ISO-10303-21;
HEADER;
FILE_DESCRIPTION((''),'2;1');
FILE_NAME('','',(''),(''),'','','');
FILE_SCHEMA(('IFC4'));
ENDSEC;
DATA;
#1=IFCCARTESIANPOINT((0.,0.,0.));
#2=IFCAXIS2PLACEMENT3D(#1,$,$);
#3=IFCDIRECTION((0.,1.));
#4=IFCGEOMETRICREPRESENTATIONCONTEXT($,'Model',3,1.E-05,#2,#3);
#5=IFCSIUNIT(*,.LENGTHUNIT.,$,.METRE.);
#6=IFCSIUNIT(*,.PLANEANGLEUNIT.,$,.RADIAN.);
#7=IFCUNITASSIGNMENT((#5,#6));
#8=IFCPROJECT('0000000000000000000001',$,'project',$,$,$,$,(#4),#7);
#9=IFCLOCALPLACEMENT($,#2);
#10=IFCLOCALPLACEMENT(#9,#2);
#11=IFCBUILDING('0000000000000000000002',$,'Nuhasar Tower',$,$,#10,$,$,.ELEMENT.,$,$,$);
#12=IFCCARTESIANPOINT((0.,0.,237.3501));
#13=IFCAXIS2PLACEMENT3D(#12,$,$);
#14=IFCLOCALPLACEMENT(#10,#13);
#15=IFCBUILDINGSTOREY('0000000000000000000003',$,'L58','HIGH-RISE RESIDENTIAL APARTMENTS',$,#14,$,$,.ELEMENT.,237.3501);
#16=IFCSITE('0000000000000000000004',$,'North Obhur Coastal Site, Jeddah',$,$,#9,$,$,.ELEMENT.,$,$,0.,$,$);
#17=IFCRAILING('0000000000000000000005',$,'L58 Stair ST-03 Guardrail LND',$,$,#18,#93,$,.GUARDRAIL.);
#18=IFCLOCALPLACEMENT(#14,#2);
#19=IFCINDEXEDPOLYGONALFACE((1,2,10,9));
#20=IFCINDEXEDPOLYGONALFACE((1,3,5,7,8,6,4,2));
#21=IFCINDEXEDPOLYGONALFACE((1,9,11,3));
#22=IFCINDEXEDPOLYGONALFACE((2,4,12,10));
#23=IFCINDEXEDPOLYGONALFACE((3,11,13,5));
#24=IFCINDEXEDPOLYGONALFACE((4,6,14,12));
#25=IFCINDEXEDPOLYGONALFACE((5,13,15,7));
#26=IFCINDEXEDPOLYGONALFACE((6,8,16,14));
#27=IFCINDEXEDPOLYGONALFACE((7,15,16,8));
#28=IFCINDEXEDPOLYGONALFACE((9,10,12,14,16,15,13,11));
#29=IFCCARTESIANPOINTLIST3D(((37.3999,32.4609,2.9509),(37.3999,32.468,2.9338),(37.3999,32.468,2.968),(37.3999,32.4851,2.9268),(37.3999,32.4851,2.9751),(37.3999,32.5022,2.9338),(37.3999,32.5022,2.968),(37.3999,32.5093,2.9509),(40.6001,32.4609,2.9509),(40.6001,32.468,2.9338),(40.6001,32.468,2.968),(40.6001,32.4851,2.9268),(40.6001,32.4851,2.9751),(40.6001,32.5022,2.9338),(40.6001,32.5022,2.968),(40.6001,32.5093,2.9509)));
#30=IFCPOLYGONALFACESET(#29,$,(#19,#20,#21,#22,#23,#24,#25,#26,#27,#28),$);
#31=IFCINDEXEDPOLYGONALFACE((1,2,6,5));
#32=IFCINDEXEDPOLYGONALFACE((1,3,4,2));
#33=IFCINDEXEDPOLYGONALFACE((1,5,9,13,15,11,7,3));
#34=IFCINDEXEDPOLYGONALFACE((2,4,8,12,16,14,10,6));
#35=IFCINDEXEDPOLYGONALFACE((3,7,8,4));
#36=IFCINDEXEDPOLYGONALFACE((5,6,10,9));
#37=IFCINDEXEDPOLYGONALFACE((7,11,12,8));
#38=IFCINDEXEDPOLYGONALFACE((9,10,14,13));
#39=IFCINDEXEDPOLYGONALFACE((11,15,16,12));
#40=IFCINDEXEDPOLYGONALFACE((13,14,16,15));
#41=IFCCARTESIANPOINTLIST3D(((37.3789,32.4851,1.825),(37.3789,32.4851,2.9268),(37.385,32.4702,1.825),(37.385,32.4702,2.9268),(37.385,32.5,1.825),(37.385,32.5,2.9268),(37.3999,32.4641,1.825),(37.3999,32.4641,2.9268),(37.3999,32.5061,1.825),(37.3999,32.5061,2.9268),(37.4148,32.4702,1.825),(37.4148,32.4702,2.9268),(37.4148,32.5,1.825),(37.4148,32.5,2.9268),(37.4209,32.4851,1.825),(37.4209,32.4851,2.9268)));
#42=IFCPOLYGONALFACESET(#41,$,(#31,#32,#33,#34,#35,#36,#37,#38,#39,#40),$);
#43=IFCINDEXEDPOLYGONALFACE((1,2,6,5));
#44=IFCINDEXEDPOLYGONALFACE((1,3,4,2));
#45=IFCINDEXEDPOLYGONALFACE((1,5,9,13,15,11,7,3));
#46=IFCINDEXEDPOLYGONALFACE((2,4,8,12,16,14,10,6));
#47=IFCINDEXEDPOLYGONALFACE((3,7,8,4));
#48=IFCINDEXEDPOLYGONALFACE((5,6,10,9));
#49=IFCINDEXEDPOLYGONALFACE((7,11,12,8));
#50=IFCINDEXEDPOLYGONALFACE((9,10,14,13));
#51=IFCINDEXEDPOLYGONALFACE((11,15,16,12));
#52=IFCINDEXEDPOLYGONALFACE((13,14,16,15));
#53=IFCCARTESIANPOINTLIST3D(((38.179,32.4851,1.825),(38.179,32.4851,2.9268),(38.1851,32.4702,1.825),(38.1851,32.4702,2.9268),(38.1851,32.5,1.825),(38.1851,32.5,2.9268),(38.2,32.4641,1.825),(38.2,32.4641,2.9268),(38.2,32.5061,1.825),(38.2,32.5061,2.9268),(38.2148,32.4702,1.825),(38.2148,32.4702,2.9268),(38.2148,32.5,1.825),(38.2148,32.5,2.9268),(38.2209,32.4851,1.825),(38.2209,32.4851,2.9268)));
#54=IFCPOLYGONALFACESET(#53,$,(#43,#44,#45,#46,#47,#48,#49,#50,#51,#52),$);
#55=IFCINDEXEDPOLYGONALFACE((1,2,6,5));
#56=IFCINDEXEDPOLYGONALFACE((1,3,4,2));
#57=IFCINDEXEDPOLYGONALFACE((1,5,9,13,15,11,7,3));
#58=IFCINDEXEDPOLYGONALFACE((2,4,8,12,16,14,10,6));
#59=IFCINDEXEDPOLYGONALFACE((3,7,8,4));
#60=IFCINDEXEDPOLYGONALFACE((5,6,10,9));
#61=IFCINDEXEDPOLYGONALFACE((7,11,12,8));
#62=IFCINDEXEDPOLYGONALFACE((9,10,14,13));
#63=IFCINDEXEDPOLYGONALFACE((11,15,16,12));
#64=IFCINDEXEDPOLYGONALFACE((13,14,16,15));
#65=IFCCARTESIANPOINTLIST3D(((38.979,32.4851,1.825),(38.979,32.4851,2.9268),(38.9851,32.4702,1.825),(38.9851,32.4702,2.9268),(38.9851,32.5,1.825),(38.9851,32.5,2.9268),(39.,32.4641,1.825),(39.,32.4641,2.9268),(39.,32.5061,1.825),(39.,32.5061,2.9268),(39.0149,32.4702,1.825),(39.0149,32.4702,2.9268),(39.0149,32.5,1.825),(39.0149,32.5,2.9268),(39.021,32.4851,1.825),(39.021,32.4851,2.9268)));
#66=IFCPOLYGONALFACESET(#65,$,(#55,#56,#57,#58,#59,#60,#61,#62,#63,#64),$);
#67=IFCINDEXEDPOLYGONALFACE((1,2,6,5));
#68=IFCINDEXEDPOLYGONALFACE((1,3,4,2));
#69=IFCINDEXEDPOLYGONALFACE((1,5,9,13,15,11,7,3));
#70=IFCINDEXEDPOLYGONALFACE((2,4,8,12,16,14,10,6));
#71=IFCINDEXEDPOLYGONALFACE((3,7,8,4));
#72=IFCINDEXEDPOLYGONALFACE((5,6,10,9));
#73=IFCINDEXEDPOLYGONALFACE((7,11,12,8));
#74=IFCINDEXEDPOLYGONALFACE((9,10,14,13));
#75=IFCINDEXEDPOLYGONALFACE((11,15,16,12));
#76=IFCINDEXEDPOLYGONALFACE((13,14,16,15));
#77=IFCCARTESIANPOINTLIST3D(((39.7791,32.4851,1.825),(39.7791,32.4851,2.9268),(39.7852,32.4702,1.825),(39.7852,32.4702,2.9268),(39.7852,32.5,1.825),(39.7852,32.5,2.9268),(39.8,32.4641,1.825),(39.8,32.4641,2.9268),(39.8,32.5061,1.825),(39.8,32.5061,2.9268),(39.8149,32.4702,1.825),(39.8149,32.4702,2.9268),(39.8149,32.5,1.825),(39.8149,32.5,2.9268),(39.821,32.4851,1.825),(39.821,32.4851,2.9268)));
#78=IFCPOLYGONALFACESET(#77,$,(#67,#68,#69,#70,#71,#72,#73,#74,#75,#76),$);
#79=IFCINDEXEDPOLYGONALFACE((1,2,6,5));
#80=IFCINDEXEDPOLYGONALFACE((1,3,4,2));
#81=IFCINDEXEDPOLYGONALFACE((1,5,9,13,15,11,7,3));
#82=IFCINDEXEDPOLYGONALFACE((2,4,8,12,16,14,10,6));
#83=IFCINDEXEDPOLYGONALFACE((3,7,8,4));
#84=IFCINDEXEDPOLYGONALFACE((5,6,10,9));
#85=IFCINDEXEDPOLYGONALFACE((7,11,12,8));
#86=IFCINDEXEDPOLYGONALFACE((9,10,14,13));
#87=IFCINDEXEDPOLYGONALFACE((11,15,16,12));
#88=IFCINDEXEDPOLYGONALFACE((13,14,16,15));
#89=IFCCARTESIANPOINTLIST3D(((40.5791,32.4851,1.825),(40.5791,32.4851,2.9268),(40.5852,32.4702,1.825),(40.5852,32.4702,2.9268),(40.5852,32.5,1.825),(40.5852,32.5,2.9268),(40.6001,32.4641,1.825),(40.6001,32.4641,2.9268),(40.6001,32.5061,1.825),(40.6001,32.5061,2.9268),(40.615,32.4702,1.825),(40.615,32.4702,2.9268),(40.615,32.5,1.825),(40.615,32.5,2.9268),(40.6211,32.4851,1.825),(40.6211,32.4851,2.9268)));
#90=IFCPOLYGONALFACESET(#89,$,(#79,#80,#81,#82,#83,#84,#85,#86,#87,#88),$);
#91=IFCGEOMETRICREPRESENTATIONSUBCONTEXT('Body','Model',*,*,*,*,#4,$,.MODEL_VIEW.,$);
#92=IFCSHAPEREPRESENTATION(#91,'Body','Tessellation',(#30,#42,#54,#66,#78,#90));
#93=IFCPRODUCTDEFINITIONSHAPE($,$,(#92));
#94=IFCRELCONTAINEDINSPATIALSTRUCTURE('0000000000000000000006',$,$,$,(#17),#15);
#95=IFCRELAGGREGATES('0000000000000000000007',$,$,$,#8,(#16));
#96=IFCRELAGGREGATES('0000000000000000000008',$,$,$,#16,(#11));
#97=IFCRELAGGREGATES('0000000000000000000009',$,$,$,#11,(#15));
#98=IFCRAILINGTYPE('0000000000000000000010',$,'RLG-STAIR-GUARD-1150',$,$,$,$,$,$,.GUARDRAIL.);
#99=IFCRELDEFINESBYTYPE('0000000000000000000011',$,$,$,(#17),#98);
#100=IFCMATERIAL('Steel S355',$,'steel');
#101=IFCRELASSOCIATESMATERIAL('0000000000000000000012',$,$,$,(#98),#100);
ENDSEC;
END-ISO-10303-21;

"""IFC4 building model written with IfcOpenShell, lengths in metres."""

from ifc_helpers import new_model, si_unit, direction, frame, origin, place, context, subcontext, project, spatial, polyline, outline, extrude, material, type_object, element, save


model = new_model("IFC4")

# Units and contexts
model_context = context("Model", 3, precision=1e-05, world=origin(), true_north=direction((0.0, 1.0)))
body_context = subcontext(model_context, "Body", "Model", "MODEL_VIEW")
ifc_project = project(units=[si_unit("LENGTHUNIT", "METRE"), si_unit("PLANEANGLEUNIT", "RADIAN")], contexts=[model_context])

# Site, building, storey
site_placement = place(None, origin())
site = spatial("IfcSite", under=ifc_project, at=site_placement, Name="North Obhur Coastal Site, Jeddah", CompositionType="ELEMENT", RefElevation=0.0)
building_placement = place(site_placement, origin())
building = spatial("IfcBuilding", under=site, at=building_placement, Name="Nuhasar Tower", CompositionType="ELEMENT")
storey_placement = place(building_placement, frame((0.0, 0.0, 237.3501)))
storey = spatial("IfcBuildingStorey", under=building, at=storey_placement, Name="L58", Description="HIGH-RISE RESIDENTIAL APARTMENTS", CompositionType="ELEMENT", Elevation=237.3501)

# Shared definitions
ifc_material_1 = material(Name="Steel S355", Category="steel")

# Railing
railing_type_1 = type_object("IfcRailingType", Name="RLG-STAIR-GUARD-1150", PredefinedType="GUARDRAIL", material=ifc_material_1)
railing_1_placement = place(storey_placement, frame((37.3999, 32.4851, 1.825)))
element("IfcRailing", 1, at=railing_1_placement, inside=storey, type_object=railing_type_1, Name="L58 Stair ST-03 Guardrail LND", PredefinedType="GUARDRAIL", context=body_context, shape_type="SweptSolid", body=[
    extrude(outline(polyline([(0.0242, 0.0), (0.0171, 0.0171), (0.0, 0.0242), (-0.0171, 0.0171), (-0.0242, 0.0), (-0.0171, -0.0171), (0.0, -0.0242), (0.0171, -0.0171), (0.0242, 0.0)])), frame((0.0, 0.0, 1.126), z_axis=(1.0, 0.0, 0.0), x_axis=(0.0, 1.0, 0.0)), (0.0, 0.0, 1.0), 3.2002),
    extrude(outline(polyline([(0.021, 0.0), (0.0149, 0.0149), (0.0, 0.021), (-0.0149, 0.0149), (-0.021, 0.0), (-0.0149, -0.0149), (0.0, -0.021), (0.0149, -0.0149), (0.021, 0.0)])), origin(), (0.0, 0.0, 1.0), 1.1018),
    extrude(outline(polyline([(0.021, 0.0), (0.0149, 0.0149), (0.0, 0.021), (-0.0149, 0.0149), (-0.021, 0.0), (-0.0149, -0.0149), (0.0, -0.021), (0.0149, -0.0149), (0.021, 0.0)])), frame((0.8, 0.0, 0.0)), (0.0, 0.0, 1.0), 1.1018),
    extrude(outline(polyline([(0.021, 0.0), (0.0149, 0.0149), (0.0, 0.021), (-0.0149, 0.0149), (-0.021, 0.0), (-0.0149, -0.0149), (0.0, -0.021), (0.0149, -0.0149), (0.021, 0.0)])), frame((1.6001, 0.0, 0.0)), (0.0, 0.0, 1.0), 1.1018),
    extrude(outline(polyline([(0.021, 0.0), (0.0149, 0.0149), (0.0, 0.021), (-0.0149, 0.0149), (-0.021, 0.0), (-0.0149, -0.0149), (0.0, -0.021), (0.0149, -0.0149), (0.021, 0.0)])), frame((2.4001, 0.0, 0.0)), (0.0, 0.0, 1.0), 1.1018),
    extrude(outline(polyline([(0.021, 0.0), (0.0149, 0.0149), (0.0, 0.021), (-0.0149, 0.0149), (-0.021, 0.0), (-0.0149, -0.0149), (0.0, -0.021), (0.0149, -0.0149), (0.021, 0.0)])), frame((3.2002, 0.0, 0.0)), (0.0, 0.0, 1.0), 1.1018),
])

save(model, "model.ifc")
